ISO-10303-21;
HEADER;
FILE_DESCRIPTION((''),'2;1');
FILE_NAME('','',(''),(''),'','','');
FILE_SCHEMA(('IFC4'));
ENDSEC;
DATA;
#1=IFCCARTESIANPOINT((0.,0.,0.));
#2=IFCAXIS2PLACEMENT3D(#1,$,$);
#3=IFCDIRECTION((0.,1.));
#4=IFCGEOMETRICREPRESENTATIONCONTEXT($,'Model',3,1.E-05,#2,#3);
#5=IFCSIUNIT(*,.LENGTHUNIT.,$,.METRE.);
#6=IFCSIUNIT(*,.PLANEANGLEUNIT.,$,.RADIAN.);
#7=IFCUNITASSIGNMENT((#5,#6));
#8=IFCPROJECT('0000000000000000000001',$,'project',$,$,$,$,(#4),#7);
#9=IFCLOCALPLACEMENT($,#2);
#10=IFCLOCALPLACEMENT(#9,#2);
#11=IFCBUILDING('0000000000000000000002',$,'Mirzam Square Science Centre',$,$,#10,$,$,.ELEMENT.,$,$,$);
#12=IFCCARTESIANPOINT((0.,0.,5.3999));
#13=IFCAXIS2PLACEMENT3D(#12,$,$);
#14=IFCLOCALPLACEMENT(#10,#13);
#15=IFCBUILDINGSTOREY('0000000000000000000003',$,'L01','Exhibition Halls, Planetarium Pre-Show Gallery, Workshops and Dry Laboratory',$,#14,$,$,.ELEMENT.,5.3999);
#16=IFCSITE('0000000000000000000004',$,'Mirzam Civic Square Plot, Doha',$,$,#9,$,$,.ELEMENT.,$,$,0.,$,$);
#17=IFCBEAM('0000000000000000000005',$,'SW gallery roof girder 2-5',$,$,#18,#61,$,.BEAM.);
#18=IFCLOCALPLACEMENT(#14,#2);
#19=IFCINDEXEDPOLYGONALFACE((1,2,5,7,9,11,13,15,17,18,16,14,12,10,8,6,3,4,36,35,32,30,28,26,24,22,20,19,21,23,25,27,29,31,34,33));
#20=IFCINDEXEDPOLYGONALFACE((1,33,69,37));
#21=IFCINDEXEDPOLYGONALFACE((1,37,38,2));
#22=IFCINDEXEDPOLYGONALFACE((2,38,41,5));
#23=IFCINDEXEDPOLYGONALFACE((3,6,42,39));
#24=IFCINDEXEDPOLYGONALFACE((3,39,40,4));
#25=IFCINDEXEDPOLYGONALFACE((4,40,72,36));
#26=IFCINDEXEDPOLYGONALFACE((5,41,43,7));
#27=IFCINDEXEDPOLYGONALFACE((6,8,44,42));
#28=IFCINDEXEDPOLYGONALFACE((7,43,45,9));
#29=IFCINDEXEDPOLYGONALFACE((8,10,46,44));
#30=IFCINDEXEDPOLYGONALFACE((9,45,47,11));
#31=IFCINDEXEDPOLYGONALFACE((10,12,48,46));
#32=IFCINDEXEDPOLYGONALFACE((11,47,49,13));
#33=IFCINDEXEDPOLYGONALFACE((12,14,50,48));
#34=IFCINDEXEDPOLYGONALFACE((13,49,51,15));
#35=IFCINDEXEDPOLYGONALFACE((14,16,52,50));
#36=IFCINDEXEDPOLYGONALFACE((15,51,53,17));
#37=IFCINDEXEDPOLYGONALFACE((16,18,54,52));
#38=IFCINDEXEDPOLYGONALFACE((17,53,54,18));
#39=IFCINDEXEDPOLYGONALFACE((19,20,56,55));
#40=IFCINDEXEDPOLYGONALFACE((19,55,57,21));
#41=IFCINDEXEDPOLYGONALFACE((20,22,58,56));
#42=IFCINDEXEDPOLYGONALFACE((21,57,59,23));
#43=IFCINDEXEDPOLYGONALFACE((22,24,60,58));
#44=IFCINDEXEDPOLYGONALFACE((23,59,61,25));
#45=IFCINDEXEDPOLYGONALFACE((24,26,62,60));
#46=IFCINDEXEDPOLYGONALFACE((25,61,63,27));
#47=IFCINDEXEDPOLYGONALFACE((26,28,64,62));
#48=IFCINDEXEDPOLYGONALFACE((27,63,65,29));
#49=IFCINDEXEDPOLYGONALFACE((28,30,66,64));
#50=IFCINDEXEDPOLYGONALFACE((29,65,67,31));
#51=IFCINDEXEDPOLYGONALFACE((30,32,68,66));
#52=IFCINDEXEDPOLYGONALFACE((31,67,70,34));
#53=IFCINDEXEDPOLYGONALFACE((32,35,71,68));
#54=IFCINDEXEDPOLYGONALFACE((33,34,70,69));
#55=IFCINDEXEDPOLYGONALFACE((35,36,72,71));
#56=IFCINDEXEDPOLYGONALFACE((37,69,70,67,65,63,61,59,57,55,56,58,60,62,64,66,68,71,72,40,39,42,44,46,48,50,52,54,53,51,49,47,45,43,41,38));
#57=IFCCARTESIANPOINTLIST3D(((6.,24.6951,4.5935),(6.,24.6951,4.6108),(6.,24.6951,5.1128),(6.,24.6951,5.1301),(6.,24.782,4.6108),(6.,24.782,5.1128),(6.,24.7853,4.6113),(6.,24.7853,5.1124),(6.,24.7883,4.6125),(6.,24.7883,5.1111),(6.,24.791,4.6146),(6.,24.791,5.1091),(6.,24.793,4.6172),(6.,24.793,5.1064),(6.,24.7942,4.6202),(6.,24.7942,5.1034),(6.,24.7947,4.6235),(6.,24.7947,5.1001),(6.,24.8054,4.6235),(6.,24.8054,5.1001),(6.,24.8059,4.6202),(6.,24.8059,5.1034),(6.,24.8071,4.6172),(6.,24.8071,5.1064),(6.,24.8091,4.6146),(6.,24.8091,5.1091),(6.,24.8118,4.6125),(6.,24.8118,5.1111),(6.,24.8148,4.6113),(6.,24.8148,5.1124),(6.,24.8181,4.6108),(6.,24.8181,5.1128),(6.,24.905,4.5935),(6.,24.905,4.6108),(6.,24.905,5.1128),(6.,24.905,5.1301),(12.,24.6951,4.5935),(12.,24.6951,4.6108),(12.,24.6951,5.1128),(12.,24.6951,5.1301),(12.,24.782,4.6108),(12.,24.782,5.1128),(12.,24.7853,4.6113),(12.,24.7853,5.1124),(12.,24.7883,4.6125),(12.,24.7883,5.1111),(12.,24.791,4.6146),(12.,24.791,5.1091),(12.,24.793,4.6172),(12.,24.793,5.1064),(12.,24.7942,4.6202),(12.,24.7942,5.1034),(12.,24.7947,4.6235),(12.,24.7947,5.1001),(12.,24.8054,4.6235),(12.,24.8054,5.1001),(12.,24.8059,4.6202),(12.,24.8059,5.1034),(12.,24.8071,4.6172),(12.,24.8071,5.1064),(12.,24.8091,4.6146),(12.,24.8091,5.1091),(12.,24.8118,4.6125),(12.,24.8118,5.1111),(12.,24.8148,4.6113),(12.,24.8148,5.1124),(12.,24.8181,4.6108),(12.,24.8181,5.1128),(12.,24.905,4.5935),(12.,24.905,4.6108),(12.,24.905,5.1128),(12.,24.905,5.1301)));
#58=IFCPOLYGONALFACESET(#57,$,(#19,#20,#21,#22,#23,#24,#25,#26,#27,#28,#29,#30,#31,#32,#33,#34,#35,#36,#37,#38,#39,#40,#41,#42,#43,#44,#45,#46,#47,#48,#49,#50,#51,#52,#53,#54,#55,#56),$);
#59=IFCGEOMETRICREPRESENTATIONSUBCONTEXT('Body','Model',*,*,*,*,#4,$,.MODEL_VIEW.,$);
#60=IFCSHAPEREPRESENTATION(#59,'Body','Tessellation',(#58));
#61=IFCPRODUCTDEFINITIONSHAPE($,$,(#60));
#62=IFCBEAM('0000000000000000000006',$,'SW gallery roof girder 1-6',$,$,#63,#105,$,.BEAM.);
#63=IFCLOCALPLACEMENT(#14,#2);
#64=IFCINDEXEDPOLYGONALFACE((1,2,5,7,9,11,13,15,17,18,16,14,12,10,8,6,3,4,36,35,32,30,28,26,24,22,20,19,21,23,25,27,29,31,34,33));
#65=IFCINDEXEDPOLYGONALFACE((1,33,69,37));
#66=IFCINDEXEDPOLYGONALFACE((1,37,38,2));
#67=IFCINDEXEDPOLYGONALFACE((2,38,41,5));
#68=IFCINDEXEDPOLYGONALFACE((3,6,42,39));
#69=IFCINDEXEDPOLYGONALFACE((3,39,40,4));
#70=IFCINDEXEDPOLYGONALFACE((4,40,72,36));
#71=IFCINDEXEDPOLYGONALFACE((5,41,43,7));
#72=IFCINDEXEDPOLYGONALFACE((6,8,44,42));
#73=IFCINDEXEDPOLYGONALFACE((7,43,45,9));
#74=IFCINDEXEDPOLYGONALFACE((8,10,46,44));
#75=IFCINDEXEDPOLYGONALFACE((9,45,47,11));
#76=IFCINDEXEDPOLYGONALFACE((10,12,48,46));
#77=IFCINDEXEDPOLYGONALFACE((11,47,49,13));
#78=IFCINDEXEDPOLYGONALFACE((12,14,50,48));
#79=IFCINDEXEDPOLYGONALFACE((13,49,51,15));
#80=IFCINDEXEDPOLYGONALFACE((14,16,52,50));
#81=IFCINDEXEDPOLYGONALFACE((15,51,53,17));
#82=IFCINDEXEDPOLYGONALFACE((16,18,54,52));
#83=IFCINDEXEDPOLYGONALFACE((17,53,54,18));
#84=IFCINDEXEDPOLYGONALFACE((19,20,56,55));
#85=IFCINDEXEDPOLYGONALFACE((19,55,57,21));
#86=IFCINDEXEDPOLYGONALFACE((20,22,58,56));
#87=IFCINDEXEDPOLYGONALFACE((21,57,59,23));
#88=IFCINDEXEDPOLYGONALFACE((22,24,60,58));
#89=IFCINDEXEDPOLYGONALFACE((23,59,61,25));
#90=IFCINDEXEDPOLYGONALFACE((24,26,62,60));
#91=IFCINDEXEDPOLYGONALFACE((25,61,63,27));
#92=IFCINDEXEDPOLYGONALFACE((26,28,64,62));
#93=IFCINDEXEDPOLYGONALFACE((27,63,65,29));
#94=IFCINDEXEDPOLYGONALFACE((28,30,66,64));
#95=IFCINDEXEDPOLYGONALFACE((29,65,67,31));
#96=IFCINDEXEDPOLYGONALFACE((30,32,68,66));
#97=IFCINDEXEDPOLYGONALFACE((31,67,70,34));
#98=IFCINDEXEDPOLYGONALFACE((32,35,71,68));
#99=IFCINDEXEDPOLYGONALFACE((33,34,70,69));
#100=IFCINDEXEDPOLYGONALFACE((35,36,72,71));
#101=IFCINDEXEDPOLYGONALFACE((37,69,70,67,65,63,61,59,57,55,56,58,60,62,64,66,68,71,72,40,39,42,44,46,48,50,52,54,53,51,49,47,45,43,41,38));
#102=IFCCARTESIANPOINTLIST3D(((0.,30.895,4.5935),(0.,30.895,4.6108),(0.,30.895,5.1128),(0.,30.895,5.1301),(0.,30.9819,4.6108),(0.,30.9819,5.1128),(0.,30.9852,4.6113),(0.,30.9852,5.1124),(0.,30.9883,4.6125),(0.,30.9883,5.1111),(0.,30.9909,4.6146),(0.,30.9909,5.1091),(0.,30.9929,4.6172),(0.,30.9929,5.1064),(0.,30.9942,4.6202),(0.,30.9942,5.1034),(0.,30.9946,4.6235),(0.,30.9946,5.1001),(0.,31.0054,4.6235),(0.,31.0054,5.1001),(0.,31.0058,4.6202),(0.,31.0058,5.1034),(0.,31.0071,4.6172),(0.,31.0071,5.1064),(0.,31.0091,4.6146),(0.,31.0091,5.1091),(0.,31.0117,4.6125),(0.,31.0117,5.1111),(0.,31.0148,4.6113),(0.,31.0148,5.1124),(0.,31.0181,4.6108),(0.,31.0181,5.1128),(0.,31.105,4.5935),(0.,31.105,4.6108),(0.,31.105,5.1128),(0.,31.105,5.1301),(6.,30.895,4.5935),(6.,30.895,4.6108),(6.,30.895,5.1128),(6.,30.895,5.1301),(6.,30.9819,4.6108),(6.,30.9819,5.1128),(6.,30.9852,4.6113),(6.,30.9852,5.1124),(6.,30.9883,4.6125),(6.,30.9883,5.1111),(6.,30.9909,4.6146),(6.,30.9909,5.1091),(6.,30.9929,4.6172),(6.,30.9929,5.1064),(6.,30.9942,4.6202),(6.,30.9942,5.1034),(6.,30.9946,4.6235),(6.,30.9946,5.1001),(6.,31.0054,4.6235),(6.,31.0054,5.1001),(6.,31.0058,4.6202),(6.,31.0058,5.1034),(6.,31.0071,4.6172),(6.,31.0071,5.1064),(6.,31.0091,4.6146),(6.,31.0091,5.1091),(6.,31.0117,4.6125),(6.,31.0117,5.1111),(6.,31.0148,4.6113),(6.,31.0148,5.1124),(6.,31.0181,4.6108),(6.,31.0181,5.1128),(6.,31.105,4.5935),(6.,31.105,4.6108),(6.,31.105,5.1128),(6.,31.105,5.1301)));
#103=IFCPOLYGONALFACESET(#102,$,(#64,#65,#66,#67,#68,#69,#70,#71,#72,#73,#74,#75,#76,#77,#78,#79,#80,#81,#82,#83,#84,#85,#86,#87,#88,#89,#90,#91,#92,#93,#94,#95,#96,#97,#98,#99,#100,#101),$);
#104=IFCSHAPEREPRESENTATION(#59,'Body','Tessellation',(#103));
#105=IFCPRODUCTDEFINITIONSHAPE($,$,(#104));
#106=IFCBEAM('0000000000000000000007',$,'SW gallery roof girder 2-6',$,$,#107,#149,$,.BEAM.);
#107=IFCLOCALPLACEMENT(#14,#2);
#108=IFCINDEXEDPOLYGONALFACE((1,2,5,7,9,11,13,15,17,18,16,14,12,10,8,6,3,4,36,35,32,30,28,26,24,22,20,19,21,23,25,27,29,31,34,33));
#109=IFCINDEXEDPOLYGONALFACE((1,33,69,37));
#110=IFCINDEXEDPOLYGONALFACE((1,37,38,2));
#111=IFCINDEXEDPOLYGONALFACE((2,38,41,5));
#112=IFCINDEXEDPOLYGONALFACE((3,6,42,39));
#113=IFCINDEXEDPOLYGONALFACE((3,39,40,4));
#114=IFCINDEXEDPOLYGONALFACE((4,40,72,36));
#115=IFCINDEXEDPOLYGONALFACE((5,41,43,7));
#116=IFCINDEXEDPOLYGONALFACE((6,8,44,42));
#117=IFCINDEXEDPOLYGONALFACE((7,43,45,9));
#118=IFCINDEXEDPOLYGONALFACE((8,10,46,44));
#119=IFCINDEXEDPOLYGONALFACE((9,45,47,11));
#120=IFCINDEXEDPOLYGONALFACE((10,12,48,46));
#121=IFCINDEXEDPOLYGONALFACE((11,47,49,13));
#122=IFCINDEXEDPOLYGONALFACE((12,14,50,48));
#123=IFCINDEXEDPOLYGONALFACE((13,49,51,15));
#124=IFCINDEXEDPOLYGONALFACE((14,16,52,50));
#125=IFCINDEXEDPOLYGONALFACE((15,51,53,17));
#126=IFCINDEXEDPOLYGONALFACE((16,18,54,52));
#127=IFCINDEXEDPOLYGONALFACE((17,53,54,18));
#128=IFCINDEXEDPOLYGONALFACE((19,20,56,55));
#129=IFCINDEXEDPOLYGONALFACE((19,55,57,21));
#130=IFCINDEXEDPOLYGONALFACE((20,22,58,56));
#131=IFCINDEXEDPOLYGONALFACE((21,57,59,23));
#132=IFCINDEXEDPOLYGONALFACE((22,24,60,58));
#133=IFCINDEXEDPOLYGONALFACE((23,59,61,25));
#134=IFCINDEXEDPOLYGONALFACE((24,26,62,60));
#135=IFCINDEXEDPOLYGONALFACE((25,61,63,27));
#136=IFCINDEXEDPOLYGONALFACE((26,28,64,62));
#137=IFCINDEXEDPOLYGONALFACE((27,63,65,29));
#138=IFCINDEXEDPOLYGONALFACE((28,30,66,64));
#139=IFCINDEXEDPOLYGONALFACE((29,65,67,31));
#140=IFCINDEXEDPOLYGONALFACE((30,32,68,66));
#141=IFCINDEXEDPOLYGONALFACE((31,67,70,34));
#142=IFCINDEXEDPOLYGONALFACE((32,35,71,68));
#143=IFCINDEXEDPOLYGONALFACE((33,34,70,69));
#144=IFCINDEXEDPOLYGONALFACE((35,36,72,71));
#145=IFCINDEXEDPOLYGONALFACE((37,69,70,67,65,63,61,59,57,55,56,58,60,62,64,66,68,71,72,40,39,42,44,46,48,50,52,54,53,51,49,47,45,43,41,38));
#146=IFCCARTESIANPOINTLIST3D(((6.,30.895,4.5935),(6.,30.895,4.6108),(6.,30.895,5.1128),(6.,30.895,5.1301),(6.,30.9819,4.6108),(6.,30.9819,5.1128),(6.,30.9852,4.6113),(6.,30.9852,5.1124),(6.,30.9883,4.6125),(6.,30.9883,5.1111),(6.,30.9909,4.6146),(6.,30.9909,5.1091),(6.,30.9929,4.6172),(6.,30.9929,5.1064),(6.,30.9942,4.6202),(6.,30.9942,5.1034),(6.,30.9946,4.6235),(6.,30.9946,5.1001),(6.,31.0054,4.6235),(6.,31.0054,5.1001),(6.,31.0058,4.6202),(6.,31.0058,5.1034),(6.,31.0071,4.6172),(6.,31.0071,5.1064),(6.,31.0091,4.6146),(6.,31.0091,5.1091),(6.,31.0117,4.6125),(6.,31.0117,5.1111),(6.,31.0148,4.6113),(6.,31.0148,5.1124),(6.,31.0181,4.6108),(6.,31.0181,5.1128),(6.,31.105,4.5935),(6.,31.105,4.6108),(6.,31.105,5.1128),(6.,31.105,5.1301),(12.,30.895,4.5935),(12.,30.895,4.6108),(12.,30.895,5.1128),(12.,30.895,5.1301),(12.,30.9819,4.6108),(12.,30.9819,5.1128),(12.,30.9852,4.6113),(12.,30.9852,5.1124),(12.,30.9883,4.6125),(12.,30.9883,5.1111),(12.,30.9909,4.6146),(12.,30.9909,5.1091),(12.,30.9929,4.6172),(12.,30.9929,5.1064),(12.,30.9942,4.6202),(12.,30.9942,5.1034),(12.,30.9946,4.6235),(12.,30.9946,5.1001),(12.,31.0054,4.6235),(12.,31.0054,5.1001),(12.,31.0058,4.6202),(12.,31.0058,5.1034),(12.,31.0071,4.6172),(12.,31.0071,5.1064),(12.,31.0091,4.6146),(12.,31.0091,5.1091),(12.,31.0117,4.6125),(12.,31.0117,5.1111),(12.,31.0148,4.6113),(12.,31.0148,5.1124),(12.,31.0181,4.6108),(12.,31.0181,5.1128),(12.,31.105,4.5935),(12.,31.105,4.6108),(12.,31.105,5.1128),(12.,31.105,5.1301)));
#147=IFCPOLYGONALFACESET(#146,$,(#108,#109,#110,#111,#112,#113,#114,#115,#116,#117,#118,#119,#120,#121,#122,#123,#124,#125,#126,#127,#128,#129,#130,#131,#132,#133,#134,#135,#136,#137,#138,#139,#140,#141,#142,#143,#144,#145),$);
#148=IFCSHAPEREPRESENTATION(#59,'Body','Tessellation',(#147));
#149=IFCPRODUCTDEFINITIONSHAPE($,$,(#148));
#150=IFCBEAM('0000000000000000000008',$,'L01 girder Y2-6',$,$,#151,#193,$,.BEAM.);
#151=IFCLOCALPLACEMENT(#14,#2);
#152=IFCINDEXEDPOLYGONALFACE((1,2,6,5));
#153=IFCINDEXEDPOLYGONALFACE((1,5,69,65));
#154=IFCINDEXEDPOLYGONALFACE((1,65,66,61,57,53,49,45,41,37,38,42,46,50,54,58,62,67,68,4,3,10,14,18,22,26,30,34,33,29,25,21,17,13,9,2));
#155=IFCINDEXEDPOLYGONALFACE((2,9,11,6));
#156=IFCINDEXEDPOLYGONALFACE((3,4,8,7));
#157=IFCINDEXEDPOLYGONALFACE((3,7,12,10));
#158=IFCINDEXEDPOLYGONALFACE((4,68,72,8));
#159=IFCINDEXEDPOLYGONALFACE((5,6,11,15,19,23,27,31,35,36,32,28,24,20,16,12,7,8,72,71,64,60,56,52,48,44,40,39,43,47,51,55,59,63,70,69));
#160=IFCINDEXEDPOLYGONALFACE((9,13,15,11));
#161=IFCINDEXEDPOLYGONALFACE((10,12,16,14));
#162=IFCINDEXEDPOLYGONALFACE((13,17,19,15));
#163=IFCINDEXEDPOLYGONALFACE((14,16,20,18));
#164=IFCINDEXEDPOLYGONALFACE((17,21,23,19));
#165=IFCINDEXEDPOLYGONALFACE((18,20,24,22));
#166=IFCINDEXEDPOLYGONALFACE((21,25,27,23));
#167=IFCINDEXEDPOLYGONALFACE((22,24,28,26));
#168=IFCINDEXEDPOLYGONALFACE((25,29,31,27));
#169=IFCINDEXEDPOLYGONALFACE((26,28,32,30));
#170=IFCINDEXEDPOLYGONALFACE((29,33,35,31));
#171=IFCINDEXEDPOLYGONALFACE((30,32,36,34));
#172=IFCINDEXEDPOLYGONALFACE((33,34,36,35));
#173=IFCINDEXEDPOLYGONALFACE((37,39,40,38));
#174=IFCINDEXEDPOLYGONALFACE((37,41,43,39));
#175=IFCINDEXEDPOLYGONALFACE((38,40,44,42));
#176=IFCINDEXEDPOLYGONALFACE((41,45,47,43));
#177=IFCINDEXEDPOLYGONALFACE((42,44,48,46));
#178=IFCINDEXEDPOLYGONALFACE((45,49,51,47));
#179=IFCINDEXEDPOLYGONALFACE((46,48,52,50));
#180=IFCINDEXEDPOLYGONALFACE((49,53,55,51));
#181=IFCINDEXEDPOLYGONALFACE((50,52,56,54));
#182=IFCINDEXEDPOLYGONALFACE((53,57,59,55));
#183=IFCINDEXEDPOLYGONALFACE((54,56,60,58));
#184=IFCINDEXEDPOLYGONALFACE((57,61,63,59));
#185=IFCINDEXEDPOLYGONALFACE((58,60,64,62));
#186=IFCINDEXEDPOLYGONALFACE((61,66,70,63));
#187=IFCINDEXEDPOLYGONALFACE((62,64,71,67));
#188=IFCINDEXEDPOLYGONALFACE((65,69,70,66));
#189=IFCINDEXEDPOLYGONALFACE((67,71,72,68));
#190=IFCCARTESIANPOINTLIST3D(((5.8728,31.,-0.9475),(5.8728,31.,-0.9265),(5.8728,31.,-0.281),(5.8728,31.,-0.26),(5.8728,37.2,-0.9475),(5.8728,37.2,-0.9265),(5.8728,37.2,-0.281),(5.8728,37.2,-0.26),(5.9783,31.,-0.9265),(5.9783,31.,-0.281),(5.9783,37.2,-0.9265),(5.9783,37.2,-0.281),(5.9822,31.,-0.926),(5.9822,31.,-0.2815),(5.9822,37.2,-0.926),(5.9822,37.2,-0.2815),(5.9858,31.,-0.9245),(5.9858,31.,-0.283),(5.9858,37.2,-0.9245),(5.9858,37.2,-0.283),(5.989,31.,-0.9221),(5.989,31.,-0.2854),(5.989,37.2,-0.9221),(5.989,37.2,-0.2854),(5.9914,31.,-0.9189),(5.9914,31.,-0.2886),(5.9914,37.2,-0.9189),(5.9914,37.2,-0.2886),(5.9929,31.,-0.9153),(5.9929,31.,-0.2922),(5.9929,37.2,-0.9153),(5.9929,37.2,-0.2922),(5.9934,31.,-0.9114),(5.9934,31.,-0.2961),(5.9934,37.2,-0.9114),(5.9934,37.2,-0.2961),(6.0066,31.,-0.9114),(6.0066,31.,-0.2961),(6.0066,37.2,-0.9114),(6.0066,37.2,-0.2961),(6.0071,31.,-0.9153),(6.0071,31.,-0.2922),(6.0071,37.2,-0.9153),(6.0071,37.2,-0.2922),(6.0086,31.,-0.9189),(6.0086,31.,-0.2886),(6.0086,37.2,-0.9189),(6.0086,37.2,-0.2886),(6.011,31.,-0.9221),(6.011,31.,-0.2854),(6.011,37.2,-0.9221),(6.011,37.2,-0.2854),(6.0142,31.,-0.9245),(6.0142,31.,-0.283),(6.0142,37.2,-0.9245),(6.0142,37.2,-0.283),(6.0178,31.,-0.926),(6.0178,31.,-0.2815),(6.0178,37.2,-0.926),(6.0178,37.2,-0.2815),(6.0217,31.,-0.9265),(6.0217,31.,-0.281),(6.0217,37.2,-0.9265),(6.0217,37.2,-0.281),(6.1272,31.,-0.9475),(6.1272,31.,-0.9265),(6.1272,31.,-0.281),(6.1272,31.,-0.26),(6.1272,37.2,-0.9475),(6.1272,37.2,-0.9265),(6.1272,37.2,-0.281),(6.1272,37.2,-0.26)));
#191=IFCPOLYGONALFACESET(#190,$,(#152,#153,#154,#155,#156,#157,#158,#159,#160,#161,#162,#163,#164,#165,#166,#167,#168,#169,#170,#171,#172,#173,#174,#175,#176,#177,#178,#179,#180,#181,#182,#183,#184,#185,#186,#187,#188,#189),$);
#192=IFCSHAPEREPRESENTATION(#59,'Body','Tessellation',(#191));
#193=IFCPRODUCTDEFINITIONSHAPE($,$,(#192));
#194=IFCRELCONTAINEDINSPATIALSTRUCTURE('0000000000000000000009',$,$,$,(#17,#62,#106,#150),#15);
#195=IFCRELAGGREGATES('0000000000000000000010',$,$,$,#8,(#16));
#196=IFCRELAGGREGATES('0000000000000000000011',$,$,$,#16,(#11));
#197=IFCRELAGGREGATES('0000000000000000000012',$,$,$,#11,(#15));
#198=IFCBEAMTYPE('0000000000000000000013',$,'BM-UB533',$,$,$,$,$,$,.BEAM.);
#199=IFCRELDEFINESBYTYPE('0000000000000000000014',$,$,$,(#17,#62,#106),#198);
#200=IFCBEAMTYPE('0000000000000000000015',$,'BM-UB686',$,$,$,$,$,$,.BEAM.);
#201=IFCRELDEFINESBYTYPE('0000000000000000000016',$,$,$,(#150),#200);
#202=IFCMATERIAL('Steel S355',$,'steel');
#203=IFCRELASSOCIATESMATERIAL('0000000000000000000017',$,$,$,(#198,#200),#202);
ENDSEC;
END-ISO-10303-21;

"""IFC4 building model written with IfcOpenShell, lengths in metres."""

from ifc_helpers import new_model, si_unit, direction, frame, origin, origin_2d, place, context, subcontext, project, spatial, i_section, extrude, material, material_profile, profile_set, type_object, element, save


model = new_model("IFC4")

# Units and contexts
model_context = context("Model", 3, precision=1e-05, world=origin(), true_north=direction((0.0, 1.0)))
body_context = subcontext(model_context, "Body", "Model", "MODEL_VIEW")
ifc_project = project(units=[si_unit("LENGTHUNIT", "METRE"), si_unit("PLANEANGLEUNIT", "RADIAN")], contexts=[model_context])

# Site, building, storey
site_placement = place(None, origin())
site = spatial("IfcSite", under=ifc_project, at=site_placement, Name="Mirzam Civic Square Plot, Doha", CompositionType="ELEMENT", RefElevation=0.0)
building_placement = place(site_placement, origin())
building = spatial("IfcBuilding", under=site, at=building_placement, Name="Mirzam Square Science Centre", CompositionType="ELEMENT")
storey_placement = place(building_placement, frame((0.0, 0.0, 5.3999)))
storey = spatial("IfcBuildingStorey", under=building, at=storey_placement, Name="L01", Description="Exhibition Halls, Planetarium Pre-Show Gallery, Workshops and Dry Laboratory", CompositionType="ELEMENT", Elevation=5.3999)

# Shared definitions
ifc_material_1 = material(Name="Steel S355", Category="steel")

# Beams
ifc_material_profile_1 = material_profile(ifc_material_1, i_section(OverallWidth=0.21, OverallDepth=0.5366, WebThickness=0.0107, FlangeThickness=0.0173, FilletRadius=0.0127, at=origin_2d()), Name="533x210x101UB")
ifc_profile_set_1 = profile_set([ifc_material_profile_1], Name="Steel S355")
beam_type_1 = type_object("IfcBeamType", Name="BM-UB533", PredefinedType="BEAM", material=ifc_profile_set_1)
for number, where, z_axis, x_axis, name in (
    (1, (6.0, 24.8, 4.8618), (1.0, 0.0, 0.0), (0.0, 1.0, 0.0), "SW gallery roof girder 2-5"),
    (2, (0.0, 31.0, 4.8618), (1.0, 0.0, 0.0), (0.0, 1.0, 0.0), "SW gallery roof girder 1-6"),
    (3, (6.0, 31.0, 4.8618), (1.0, 0.0, 0.0), (0.0, 1.0, 0.0), "SW gallery roof girder 2-6"),
):
    element("IfcBeam", number, at=place(storey_placement, frame(where, z_axis=z_axis, x_axis=x_axis)), inside=storey, type_object=beam_type_1, Name=name, PredefinedType="BEAM", context=body_context, shape_type="SweptSolid", body=[
        extrude(i_section(OverallWidth=0.21, OverallDepth=0.5366, WebThickness=0.0107, FlangeThickness=0.0173, FilletRadius=0.0127, at=origin_2d()), origin(), (0.0, 0.0, 1.0), 6.0),
    ])
ifc_material_profile_2 = material_profile(ifc_material_1, i_section(OverallWidth=0.2544, OverallDepth=0.6875, WebThickness=0.0132, FlangeThickness=0.021, FilletRadius=0.0151, at=origin_2d()), Name="686x254x152UB")
ifc_profile_set_2 = profile_set([ifc_material_profile_2], Name="Steel S355")
beam_type_2 = type_object("IfcBeamType", Name="BM-UB686", PredefinedType="BEAM", material=ifc_profile_set_2)
beam_1_placement = place(storey_placement, frame((6.0, 31.0, -0.6038), z_axis=(0.0, 1.0, 0.0), x_axis=(-1.0, 0.0, 0.0)))
element("IfcBeam", 4, at=beam_1_placement, inside=storey, type_object=beam_type_2, Name="L01 girder Y2-6", PredefinedType="BEAM", context=body_context, shape_type="SweptSolid", body=[
    extrude(i_section(OverallWidth=0.2544, OverallDepth=0.6875, WebThickness=0.0132, FlangeThickness=0.021, FilletRadius=0.0151, at=origin_2d()), origin(), (0.0, 0.0, 1.0), 6.2),
])

save(model, "model.ifc")
